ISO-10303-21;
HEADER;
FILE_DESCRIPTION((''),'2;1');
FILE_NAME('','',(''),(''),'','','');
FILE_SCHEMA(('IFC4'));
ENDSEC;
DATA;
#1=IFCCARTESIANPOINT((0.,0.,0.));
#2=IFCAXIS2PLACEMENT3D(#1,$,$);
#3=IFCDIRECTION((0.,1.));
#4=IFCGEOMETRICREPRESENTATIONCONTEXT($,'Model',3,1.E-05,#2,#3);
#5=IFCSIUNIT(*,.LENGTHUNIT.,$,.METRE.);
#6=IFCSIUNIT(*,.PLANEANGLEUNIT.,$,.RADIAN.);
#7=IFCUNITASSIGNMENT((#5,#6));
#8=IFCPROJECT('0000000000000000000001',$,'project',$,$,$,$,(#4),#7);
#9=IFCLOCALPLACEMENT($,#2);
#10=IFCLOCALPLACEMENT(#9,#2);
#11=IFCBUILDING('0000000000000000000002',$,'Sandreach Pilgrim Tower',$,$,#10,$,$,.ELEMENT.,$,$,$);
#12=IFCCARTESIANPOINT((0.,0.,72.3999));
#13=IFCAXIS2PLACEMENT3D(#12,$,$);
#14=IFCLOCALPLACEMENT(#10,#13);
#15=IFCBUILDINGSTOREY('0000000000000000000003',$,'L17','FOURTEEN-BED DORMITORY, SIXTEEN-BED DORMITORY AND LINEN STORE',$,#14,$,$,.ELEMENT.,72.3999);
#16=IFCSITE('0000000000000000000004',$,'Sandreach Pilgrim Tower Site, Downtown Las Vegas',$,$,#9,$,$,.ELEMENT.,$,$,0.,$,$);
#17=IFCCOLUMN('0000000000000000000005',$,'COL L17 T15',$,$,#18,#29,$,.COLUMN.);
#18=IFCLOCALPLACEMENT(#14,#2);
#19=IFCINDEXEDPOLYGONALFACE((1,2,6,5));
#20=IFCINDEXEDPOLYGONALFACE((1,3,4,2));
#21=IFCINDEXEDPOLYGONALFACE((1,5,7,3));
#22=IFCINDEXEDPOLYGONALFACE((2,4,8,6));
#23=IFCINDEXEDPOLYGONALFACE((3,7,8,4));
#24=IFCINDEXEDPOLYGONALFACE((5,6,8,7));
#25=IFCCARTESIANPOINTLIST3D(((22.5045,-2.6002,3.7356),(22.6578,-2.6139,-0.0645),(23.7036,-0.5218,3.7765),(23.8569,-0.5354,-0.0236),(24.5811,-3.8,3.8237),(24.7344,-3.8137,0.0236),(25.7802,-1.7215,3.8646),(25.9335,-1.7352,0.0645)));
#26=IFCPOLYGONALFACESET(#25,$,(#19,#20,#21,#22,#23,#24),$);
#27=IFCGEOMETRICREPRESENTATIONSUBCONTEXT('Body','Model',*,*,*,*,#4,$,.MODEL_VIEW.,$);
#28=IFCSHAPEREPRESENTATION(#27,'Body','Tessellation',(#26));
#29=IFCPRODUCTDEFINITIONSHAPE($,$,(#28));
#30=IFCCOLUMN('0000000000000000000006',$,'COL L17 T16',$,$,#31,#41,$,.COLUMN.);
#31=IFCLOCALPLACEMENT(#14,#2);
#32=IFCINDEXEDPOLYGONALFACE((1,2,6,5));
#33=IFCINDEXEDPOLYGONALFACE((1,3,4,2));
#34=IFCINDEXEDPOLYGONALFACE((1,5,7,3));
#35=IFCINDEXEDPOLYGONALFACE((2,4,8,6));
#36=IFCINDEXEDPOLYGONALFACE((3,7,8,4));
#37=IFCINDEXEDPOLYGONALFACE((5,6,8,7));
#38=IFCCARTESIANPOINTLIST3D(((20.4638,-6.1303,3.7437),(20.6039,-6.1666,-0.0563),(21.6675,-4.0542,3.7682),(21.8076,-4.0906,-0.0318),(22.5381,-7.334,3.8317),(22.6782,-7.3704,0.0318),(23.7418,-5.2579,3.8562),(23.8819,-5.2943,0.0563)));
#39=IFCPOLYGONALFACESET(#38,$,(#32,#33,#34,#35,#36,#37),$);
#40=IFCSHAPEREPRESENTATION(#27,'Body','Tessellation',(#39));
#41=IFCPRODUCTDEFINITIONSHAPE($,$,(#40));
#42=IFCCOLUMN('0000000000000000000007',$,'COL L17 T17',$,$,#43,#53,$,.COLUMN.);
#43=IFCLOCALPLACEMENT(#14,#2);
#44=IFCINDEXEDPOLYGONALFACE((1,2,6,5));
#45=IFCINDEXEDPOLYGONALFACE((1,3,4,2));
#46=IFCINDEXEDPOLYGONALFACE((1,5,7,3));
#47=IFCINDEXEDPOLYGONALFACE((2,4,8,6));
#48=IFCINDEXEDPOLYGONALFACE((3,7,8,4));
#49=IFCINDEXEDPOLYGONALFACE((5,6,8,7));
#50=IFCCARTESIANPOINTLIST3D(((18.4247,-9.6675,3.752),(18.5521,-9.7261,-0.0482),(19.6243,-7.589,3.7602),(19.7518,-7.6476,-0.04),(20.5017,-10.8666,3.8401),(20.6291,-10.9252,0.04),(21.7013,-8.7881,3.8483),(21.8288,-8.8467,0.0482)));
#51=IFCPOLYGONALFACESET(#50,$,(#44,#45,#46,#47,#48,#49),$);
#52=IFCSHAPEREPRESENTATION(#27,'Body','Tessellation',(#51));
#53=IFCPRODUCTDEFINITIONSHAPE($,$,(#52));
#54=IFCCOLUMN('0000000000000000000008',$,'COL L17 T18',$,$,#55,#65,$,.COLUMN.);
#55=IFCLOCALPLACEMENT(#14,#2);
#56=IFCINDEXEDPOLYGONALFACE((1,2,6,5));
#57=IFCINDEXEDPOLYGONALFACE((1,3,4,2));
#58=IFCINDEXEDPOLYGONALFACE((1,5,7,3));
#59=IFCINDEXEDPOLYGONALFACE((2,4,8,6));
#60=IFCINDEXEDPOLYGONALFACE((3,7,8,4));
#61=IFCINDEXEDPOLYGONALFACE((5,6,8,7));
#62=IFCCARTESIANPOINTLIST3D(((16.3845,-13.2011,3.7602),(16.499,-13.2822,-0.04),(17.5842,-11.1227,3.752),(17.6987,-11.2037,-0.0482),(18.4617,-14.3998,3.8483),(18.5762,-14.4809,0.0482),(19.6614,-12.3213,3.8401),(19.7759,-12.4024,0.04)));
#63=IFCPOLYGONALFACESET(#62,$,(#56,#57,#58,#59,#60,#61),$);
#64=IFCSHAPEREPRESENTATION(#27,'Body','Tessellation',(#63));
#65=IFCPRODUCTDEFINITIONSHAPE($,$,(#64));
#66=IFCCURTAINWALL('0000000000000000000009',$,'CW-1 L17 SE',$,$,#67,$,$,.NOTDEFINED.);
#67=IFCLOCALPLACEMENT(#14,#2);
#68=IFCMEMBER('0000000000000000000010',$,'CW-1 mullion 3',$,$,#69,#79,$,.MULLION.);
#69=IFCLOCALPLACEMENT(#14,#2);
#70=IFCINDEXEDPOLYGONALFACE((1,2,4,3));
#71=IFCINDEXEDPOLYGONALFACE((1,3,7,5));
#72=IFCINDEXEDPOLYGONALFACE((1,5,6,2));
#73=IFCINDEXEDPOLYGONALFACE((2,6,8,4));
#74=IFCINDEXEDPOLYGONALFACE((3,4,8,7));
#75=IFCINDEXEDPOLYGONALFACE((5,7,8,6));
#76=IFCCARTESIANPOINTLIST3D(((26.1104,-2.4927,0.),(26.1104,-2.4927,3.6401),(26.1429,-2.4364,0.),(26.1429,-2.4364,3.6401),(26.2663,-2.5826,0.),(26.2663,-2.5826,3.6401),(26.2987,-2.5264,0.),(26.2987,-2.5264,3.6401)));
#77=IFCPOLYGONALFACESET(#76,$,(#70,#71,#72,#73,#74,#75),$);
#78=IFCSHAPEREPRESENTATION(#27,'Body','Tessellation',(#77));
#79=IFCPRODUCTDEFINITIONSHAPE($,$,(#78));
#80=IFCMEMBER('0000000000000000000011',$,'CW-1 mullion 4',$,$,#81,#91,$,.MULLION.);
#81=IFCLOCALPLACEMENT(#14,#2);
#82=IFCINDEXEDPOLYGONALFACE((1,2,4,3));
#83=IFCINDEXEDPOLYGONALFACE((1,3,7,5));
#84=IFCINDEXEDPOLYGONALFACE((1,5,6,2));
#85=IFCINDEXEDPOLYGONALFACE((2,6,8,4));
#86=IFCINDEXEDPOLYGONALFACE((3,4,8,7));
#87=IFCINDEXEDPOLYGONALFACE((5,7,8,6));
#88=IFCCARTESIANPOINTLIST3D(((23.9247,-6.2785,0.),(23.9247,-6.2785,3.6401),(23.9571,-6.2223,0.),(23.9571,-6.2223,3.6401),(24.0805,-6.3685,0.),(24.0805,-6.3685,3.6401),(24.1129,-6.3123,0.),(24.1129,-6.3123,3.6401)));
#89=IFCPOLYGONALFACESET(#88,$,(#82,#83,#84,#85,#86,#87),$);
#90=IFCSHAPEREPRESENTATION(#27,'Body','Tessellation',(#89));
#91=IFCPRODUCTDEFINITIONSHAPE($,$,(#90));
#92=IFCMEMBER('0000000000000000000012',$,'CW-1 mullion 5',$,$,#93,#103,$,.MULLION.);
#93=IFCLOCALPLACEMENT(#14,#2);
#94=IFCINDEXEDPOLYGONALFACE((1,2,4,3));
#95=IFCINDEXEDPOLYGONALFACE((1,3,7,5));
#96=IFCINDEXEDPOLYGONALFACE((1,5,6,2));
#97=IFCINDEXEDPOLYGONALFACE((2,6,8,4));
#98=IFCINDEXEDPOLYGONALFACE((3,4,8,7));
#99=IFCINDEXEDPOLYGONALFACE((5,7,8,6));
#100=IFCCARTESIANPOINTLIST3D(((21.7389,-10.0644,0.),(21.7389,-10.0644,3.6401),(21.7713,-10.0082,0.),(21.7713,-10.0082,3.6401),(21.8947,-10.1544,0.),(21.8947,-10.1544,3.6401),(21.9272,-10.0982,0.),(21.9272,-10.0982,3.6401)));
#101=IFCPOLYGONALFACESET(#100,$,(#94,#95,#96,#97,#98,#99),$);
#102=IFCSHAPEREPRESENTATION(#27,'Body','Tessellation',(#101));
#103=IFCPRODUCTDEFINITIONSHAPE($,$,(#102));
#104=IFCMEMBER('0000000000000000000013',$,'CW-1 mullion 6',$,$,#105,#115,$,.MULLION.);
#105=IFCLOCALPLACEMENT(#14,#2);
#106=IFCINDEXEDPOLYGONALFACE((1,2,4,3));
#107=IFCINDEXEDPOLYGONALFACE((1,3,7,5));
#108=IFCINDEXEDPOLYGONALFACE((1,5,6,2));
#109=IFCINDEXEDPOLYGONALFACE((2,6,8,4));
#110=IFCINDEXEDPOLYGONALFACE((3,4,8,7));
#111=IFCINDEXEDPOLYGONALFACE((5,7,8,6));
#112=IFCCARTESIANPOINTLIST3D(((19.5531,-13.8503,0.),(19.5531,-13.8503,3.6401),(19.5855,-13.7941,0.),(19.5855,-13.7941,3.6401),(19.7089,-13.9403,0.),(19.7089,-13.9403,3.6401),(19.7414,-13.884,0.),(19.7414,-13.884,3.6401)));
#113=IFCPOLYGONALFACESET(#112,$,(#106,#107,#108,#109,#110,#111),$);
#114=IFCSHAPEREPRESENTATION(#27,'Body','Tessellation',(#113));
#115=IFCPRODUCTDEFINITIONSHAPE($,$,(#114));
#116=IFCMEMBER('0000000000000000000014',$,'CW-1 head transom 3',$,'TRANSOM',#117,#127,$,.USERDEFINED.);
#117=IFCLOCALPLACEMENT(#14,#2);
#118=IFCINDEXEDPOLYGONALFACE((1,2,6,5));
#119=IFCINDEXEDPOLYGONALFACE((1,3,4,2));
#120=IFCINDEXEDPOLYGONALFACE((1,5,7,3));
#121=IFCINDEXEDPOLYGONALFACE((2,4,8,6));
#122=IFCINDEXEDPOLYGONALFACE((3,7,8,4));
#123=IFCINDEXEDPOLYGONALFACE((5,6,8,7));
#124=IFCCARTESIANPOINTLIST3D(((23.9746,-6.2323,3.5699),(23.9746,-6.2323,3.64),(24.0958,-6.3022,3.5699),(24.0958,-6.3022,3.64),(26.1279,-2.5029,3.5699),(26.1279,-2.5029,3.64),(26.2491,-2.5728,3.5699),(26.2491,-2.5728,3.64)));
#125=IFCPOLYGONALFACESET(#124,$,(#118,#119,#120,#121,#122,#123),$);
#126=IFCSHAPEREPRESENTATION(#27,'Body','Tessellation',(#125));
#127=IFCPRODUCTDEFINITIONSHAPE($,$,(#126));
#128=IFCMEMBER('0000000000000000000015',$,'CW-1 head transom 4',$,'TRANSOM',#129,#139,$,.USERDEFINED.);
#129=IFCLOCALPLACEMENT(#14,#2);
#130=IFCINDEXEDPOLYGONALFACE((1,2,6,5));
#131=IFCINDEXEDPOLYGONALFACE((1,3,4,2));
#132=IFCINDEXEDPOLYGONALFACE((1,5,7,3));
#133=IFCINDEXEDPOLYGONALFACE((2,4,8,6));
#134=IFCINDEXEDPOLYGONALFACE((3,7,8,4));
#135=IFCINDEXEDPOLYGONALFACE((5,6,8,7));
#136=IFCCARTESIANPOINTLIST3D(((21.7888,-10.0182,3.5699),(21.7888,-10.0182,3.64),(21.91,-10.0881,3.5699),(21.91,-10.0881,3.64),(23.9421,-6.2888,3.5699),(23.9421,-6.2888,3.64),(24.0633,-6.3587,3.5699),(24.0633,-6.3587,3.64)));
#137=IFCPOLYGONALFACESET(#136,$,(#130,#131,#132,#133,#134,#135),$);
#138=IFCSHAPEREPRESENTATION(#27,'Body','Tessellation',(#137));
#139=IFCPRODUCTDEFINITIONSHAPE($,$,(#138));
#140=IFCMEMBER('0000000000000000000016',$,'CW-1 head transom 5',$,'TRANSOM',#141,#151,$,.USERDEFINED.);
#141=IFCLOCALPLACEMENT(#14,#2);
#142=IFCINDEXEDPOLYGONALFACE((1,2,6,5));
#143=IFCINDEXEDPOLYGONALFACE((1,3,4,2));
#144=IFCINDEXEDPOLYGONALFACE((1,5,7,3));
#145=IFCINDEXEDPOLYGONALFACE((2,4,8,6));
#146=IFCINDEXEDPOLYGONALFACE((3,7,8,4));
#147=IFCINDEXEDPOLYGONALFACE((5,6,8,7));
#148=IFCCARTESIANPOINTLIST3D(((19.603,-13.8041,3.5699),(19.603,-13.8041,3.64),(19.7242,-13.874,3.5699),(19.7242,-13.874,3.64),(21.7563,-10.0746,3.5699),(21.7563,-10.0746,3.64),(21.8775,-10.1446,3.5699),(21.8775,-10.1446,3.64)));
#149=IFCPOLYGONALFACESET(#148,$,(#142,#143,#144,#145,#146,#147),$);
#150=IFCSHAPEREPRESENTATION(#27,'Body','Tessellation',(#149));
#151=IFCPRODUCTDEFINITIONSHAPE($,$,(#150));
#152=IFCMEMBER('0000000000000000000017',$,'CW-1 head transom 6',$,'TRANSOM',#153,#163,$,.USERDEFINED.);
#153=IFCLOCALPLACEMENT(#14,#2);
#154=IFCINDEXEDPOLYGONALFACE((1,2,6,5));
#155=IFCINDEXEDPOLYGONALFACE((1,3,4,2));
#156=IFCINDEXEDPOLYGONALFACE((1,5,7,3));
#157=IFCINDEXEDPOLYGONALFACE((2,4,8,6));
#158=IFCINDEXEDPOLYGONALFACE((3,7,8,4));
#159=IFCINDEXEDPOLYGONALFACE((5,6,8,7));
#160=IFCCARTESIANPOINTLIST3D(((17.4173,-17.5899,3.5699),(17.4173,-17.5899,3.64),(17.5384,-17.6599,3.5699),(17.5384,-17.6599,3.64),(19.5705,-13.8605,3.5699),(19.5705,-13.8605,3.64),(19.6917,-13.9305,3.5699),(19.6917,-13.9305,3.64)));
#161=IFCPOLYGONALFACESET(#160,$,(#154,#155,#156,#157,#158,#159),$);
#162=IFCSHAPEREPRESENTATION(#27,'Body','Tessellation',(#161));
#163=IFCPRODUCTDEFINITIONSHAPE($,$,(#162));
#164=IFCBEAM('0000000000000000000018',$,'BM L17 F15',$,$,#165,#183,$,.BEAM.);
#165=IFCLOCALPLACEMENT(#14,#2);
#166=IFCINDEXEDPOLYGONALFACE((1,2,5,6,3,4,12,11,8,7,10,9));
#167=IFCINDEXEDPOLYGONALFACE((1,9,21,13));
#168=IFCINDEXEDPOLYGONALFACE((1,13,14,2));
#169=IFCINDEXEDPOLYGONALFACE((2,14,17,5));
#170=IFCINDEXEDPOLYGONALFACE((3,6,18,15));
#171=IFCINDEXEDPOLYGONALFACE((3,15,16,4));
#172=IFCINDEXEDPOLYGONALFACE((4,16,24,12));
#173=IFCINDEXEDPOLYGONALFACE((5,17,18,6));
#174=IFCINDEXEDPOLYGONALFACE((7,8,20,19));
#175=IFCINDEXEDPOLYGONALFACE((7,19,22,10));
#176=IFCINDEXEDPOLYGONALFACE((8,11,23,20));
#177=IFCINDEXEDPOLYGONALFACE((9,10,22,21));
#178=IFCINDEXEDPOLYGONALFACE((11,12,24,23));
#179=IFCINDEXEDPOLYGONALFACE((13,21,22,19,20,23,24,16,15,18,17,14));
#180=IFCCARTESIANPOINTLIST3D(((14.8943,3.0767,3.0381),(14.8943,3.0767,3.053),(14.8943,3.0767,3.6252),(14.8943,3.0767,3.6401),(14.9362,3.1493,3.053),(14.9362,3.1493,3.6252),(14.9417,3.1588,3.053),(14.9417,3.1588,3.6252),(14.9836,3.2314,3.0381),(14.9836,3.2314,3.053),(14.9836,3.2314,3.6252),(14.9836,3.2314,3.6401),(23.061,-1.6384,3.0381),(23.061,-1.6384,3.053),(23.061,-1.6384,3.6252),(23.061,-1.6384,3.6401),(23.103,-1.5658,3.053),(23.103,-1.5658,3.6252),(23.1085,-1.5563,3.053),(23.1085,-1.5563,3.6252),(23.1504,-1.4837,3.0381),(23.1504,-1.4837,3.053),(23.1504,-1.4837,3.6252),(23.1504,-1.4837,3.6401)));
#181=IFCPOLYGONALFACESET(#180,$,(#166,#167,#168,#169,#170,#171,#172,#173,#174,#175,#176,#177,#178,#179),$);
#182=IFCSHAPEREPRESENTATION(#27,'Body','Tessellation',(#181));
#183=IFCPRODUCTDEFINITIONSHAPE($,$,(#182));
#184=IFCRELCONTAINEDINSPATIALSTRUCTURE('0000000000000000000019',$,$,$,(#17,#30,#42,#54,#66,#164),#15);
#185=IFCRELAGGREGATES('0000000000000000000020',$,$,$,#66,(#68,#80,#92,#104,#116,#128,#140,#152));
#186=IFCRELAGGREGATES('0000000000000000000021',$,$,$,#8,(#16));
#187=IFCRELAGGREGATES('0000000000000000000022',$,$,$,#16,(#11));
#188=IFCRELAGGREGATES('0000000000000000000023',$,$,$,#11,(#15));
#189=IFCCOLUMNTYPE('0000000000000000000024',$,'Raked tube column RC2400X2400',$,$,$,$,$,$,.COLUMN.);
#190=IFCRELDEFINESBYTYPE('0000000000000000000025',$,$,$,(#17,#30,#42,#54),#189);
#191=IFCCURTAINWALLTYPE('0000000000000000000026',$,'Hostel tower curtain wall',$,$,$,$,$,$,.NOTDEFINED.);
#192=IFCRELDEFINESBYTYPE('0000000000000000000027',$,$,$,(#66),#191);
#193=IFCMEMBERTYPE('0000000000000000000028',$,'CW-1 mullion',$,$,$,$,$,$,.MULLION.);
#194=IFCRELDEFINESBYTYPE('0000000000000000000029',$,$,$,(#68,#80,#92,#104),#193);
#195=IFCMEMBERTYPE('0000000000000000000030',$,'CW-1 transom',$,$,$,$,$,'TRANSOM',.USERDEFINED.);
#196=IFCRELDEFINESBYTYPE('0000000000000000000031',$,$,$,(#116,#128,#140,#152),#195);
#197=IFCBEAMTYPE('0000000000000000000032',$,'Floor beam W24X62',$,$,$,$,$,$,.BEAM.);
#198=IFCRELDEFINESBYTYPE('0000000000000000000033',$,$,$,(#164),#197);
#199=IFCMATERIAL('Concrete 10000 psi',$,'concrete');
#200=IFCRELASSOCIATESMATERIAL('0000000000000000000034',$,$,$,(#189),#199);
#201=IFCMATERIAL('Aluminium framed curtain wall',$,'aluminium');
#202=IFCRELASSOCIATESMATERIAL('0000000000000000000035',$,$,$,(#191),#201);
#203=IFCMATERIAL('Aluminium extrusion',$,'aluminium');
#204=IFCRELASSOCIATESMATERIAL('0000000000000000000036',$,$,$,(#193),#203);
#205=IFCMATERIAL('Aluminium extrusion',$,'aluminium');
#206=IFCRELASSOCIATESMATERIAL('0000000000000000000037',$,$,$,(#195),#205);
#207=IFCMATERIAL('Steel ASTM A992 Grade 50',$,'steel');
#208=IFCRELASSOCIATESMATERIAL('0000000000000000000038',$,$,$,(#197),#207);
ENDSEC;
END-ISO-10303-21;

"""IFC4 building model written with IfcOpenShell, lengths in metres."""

from ifc_helpers import new_model, si_unit, direction, frame, origin, origin_2d, place, context, subcontext, project, spatial, rectangle, i_section, extrude, material, material_profile, profile_set, type_object, element, aggregate, save


model = new_model("IFC4")

# Units and contexts
model_context = context("Model", 3, precision=1e-05, world=origin(), true_north=direction((0.0, 1.0)))
body_context = subcontext(model_context, "Body", "Model", "MODEL_VIEW")
ifc_project = project(units=[si_unit("LENGTHUNIT", "METRE"), si_unit("PLANEANGLEUNIT", "RADIAN")], contexts=[model_context])

# Site, building, storey
site_placement = place(None, origin())
site = spatial("IfcSite", under=ifc_project, at=site_placement, Name="Sandreach Pilgrim Tower Site, Downtown Las Vegas", CompositionType="ELEMENT", RefElevation=0.0)
building_placement = place(site_placement, origin())
building = spatial("IfcBuilding", under=site, at=building_placement, Name="Sandreach Pilgrim Tower", CompositionType="ELEMENT")
storey_placement = place(building_placement, frame((0.0, 0.0, 72.3999)))
storey = spatial("IfcBuildingStorey", under=building, at=storey_placement, Name="L17", Description="FOURTEEN-BED DORMITORY, SIXTEEN-BED DORMITORY AND LINEN STORE", CompositionType="ELEMENT", Elevation=72.3999)

# Columns
ifc_material_1 = material(Name="Concrete 10000 psi", Category="concrete")
ifc_material_profile_1 = material_profile(ifc_material_1, rectangle(XDim=2.3999, YDim=2.3999, at=origin_2d()), Name="RC2400X2400")
ifc_profile_set_1 = profile_set([ifc_material_profile_1], Name="Concrete 10000 psi")
column_type = type_object("IfcColumnType", Name="Raked tube column RC2400X2400", PredefinedType="COLUMN", material=ifc_profile_set_1)
column_placement = place(storey_placement, frame((24.2957, -2.1746, 0.0), z_axis=(-0.040314, 0.003595, 0.999181), x_axis=(0.865292, -0.499922, 0.036711)))
element("IfcColumn", 1, at=column_placement, inside=storey, type_object=column_type, Name="COL L17 T15", PredefinedType="COLUMN", context=body_context, shape_type="SweptSolid", body=[
    extrude(rectangle(XDim=2.3999, YDim=2.3999, at=origin_2d()), origin(), (0.0, 0.0, 1.0), 3.8032),
])
for number, where, z_axis, x_axis, name in (
    (2, (22.2429, -5.7305, 0.0), (-0.036851, 0.009566, 0.999275), (0.864337, -0.501575, 0.036676), "COL L17 T16"),
    (3, (20.1904, -9.2864, 0.0), (-0.033514, 0.015409, 0.999319), (0.865448, -0.499651, 0.036729), "COL L17 T17"),
    (4, (18.1375, -12.8423, 0.0), (-0.030111, 0.021315, 0.999319), (0.865558, -0.49946, 0.036734), "COL L17 T18"),
):
    element("IfcColumn", number, at=place(storey_placement, frame(where, z_axis=z_axis, x_axis=x_axis)), inside=storey, type_object=column_type, Name=name, PredefinedType="COLUMN", context=body_context, shape_type="SweptSolid", body=[
        extrude(rectangle(XDim=2.3999, YDim=2.3999, at=origin_2d()), origin(), (0.0, 0.0, 1.0), 3.8027),
    ])

# Curtain wall, members
ifc_material_2 = material(Name="Aluminium framed curtain wall", Category="aluminium")
curtain_wall_type = type_object("IfcCurtainWallType", Name="Hostel tower curtain wall", PredefinedType="NOTDEFINED", material=ifc_material_2)
curtain_wall_placement = place(storey_placement, origin())
curtain_wall = element("IfcCurtainWall", 5, at=curtain_wall_placement, inside=storey, type_object=curtain_wall_type, Name="CW-1 L17 SE", PredefinedType="NOTDEFINED")
ifc_material_3 = material(Name="Aluminium extrusion", Category="aluminium")
ifc_material_profile_2 = material_profile(ifc_material_3, rectangle(XDim=0.0649, YDim=0.1799, at=origin_2d()), Name="CW-1M 65X180")
ifc_profile_set_2 = profile_set([ifc_material_profile_2], Name="Aluminium extrusion")
member_type_1 = type_object("IfcMemberType", Name="CW-1 mullion", PredefinedType="MULLION", material=ifc_profile_set_2)
member_1_placement = place(storey_placement, frame((26.2046, -2.5095, 0.0), z_axis=(0.0, 0.0, 1.0), x_axis=(-0.5, -0.866025, 0.0)))
member_1 = element("IfcMember", 6, at=member_1_placement, type_object=member_type_1, Name="CW-1 mullion 3", PredefinedType="MULLION", context=body_context, shape_type="SweptSolid", body=[
    extrude(rectangle(XDim=0.0649, YDim=0.1799, at=origin_2d()), origin(), (0.0, 0.0, 1.0), 3.6401),
])
member_2_placement = place(storey_placement, frame((24.0188, -6.2954, 0.0), z_axis=(0.0, 0.0, 1.0), x_axis=(-0.5, -0.866025, 0.0)))
member_2 = element("IfcMember", 7, at=member_2_placement, type_object=member_type_1, Name="CW-1 mullion 4", PredefinedType="MULLION", context=body_context, shape_type="SweptSolid", body=[
    extrude(rectangle(XDim=0.0649, YDim=0.1799, at=origin_2d()), origin(), (0.0, 0.0, 1.0), 3.6401),
])
member_3_placement = place(storey_placement, frame((21.833, -10.0813, 0.0), z_axis=(0.0, 0.0, 1.0), x_axis=(-0.5, -0.866025, 0.0)))
member_3 = element("IfcMember", 8, at=member_3_placement, type_object=member_type_1, Name="CW-1 mullion 5", PredefinedType="MULLION", context=body_context, shape_type="SweptSolid", body=[
    extrude(rectangle(XDim=0.0649, YDim=0.1799, at=origin_2d()), origin(), (0.0, 0.0, 1.0), 3.6401),
])
member_4_placement = place(storey_placement, frame((19.6472, -13.8672, 0.0), z_axis=(0.0, 0.0, 1.0), x_axis=(-0.5, -0.866025, 0.0)))
member_4 = element("IfcMember", 9, at=member_4_placement, type_object=member_type_1, Name="CW-1 mullion 6", PredefinedType="MULLION", context=body_context, shape_type="SweptSolid", body=[
    extrude(rectangle(XDim=0.0649, YDim=0.1799, at=origin_2d()), origin(), (0.0, 0.0, 1.0), 3.6401),
])
ifc_material_4 = material(Name="Aluminium extrusion", Category="aluminium")
ifc_material_profile_3 = material_profile(ifc_material_4, rectangle(XDim=0.1399, YDim=0.0701, at=origin_2d()), Name="CW-1T 140X70")
ifc_profile_set_3 = profile_set([ifc_material_profile_3], Name="Aluminium extrusion")
member_type_2 = type_object("IfcMemberType", Name="CW-1 transom", ElementType="TRANSOM", PredefinedType="USERDEFINED", material=ifc_profile_set_3)
member_5_placement = place(storey_placement, frame((26.1885, -2.5378, 3.605), z_axis=(-0.500017, -0.866016, 0.0), x_axis=(0.866016, -0.500017, 0.0)))
member_5 = element("IfcMember", 10, at=member_5_placement, type_object=member_type_2, Name="CW-1 head transom 3", ObjectType="TRANSOM", PredefinedType="USERDEFINED", context=body_context, shape_type="SweptSolid", body=[
    extrude(rectangle(XDim=0.1399, YDim=0.0701, at=origin_2d()), origin(), (0.0, 0.0, 1.0), 4.3064),
])
member_6_placement = place(storey_placement, frame((24.0027, -6.3237, 3.605), z_axis=(-0.500017, -0.866016, 0.0), x_axis=(0.866016, -0.500017, 0.0)))
member_6 = element("IfcMember", 11, at=member_6_placement, type_object=member_type_2, Name="CW-1 head transom 4", ObjectType="TRANSOM", PredefinedType="USERDEFINED", context=body_context, shape_type="SweptSolid", body=[
    extrude(rectangle(XDim=0.1399, YDim=0.0701, at=origin_2d()), origin(), (0.0, 0.0, 1.0), 4.3064),
])
member_7_placement = place(storey_placement, frame((21.8169, -10.1096, 3.605), z_axis=(-0.500017, -0.866016, 0.0), x_axis=(0.866016, -0.500017, 0.0)))
member_7 = element("IfcMember", 12, at=member_7_placement, type_object=member_type_2, Name="CW-1 head transom 5", ObjectType="TRANSOM", PredefinedType="USERDEFINED", context=body_context, shape_type="SweptSolid", body=[
    extrude(rectangle(XDim=0.1399, YDim=0.0701, at=origin_2d()), origin(), (0.0, 0.0, 1.0), 4.3064),
])
member_8_placement = place(storey_placement, frame((19.6311, -13.8955, 3.605), z_axis=(-0.500017, -0.866016, 0.0), x_axis=(0.866016, -0.500017, 0.0)))
member_8 = element("IfcMember", 13, at=member_8_placement, type_object=member_type_2, Name="CW-1 head transom 6", ObjectType="TRANSOM", PredefinedType="USERDEFINED", context=body_context, shape_type="SweptSolid", body=[
    extrude(rectangle(XDim=0.1399, YDim=0.0701, at=origin_2d()), origin(), (0.0, 0.0, 1.0), 4.3064),
])

# Beam
ifc_material_5 = material(Name="Steel ASTM A992 Grade 50", Category="steel")
ifc_material_profile_4 = material_profile(ifc_material_5, i_section(OverallWidth=0.1787, OverallDepth=0.6021, WebThickness=0.011, FlangeThickness=0.0149, at=origin_2d()), Name="W24X62")
ifc_profile_set_4 = profile_set([ifc_material_profile_4], Name="Steel ASTM A992 Grade 50")
beam_type_1 = type_object("IfcBeamType", Name="Floor beam W24X62", PredefinedType="BEAM", material=ifc_profile_set_4)
beam_1_placement = place(storey_placement, frame((23.1057, -1.561, 3.3391), z_axis=(-0.866025, 0.500001, 0.0), x_axis=(-0.500001, -0.866025, 0.0)))
element("IfcBeam", 14, at=beam_1_placement, inside=storey, type_object=beam_type_1, Name="BM L17 F15", PredefinedType="BEAM", context=body_context, shape_type="SweptSolid", body=[
    extrude(i_section(OverallWidth=0.1787, OverallDepth=0.6021, WebThickness=0.011, FlangeThickness=0.0149, at=origin_2d()), origin(), (0.0, 0.0, 1.0), 9.4302),
])

aggregate(curtain_wall, [member_1, member_2, member_3, member_4, member_5, member_6, member_7, member_8])

save(model, "model.ifc")
